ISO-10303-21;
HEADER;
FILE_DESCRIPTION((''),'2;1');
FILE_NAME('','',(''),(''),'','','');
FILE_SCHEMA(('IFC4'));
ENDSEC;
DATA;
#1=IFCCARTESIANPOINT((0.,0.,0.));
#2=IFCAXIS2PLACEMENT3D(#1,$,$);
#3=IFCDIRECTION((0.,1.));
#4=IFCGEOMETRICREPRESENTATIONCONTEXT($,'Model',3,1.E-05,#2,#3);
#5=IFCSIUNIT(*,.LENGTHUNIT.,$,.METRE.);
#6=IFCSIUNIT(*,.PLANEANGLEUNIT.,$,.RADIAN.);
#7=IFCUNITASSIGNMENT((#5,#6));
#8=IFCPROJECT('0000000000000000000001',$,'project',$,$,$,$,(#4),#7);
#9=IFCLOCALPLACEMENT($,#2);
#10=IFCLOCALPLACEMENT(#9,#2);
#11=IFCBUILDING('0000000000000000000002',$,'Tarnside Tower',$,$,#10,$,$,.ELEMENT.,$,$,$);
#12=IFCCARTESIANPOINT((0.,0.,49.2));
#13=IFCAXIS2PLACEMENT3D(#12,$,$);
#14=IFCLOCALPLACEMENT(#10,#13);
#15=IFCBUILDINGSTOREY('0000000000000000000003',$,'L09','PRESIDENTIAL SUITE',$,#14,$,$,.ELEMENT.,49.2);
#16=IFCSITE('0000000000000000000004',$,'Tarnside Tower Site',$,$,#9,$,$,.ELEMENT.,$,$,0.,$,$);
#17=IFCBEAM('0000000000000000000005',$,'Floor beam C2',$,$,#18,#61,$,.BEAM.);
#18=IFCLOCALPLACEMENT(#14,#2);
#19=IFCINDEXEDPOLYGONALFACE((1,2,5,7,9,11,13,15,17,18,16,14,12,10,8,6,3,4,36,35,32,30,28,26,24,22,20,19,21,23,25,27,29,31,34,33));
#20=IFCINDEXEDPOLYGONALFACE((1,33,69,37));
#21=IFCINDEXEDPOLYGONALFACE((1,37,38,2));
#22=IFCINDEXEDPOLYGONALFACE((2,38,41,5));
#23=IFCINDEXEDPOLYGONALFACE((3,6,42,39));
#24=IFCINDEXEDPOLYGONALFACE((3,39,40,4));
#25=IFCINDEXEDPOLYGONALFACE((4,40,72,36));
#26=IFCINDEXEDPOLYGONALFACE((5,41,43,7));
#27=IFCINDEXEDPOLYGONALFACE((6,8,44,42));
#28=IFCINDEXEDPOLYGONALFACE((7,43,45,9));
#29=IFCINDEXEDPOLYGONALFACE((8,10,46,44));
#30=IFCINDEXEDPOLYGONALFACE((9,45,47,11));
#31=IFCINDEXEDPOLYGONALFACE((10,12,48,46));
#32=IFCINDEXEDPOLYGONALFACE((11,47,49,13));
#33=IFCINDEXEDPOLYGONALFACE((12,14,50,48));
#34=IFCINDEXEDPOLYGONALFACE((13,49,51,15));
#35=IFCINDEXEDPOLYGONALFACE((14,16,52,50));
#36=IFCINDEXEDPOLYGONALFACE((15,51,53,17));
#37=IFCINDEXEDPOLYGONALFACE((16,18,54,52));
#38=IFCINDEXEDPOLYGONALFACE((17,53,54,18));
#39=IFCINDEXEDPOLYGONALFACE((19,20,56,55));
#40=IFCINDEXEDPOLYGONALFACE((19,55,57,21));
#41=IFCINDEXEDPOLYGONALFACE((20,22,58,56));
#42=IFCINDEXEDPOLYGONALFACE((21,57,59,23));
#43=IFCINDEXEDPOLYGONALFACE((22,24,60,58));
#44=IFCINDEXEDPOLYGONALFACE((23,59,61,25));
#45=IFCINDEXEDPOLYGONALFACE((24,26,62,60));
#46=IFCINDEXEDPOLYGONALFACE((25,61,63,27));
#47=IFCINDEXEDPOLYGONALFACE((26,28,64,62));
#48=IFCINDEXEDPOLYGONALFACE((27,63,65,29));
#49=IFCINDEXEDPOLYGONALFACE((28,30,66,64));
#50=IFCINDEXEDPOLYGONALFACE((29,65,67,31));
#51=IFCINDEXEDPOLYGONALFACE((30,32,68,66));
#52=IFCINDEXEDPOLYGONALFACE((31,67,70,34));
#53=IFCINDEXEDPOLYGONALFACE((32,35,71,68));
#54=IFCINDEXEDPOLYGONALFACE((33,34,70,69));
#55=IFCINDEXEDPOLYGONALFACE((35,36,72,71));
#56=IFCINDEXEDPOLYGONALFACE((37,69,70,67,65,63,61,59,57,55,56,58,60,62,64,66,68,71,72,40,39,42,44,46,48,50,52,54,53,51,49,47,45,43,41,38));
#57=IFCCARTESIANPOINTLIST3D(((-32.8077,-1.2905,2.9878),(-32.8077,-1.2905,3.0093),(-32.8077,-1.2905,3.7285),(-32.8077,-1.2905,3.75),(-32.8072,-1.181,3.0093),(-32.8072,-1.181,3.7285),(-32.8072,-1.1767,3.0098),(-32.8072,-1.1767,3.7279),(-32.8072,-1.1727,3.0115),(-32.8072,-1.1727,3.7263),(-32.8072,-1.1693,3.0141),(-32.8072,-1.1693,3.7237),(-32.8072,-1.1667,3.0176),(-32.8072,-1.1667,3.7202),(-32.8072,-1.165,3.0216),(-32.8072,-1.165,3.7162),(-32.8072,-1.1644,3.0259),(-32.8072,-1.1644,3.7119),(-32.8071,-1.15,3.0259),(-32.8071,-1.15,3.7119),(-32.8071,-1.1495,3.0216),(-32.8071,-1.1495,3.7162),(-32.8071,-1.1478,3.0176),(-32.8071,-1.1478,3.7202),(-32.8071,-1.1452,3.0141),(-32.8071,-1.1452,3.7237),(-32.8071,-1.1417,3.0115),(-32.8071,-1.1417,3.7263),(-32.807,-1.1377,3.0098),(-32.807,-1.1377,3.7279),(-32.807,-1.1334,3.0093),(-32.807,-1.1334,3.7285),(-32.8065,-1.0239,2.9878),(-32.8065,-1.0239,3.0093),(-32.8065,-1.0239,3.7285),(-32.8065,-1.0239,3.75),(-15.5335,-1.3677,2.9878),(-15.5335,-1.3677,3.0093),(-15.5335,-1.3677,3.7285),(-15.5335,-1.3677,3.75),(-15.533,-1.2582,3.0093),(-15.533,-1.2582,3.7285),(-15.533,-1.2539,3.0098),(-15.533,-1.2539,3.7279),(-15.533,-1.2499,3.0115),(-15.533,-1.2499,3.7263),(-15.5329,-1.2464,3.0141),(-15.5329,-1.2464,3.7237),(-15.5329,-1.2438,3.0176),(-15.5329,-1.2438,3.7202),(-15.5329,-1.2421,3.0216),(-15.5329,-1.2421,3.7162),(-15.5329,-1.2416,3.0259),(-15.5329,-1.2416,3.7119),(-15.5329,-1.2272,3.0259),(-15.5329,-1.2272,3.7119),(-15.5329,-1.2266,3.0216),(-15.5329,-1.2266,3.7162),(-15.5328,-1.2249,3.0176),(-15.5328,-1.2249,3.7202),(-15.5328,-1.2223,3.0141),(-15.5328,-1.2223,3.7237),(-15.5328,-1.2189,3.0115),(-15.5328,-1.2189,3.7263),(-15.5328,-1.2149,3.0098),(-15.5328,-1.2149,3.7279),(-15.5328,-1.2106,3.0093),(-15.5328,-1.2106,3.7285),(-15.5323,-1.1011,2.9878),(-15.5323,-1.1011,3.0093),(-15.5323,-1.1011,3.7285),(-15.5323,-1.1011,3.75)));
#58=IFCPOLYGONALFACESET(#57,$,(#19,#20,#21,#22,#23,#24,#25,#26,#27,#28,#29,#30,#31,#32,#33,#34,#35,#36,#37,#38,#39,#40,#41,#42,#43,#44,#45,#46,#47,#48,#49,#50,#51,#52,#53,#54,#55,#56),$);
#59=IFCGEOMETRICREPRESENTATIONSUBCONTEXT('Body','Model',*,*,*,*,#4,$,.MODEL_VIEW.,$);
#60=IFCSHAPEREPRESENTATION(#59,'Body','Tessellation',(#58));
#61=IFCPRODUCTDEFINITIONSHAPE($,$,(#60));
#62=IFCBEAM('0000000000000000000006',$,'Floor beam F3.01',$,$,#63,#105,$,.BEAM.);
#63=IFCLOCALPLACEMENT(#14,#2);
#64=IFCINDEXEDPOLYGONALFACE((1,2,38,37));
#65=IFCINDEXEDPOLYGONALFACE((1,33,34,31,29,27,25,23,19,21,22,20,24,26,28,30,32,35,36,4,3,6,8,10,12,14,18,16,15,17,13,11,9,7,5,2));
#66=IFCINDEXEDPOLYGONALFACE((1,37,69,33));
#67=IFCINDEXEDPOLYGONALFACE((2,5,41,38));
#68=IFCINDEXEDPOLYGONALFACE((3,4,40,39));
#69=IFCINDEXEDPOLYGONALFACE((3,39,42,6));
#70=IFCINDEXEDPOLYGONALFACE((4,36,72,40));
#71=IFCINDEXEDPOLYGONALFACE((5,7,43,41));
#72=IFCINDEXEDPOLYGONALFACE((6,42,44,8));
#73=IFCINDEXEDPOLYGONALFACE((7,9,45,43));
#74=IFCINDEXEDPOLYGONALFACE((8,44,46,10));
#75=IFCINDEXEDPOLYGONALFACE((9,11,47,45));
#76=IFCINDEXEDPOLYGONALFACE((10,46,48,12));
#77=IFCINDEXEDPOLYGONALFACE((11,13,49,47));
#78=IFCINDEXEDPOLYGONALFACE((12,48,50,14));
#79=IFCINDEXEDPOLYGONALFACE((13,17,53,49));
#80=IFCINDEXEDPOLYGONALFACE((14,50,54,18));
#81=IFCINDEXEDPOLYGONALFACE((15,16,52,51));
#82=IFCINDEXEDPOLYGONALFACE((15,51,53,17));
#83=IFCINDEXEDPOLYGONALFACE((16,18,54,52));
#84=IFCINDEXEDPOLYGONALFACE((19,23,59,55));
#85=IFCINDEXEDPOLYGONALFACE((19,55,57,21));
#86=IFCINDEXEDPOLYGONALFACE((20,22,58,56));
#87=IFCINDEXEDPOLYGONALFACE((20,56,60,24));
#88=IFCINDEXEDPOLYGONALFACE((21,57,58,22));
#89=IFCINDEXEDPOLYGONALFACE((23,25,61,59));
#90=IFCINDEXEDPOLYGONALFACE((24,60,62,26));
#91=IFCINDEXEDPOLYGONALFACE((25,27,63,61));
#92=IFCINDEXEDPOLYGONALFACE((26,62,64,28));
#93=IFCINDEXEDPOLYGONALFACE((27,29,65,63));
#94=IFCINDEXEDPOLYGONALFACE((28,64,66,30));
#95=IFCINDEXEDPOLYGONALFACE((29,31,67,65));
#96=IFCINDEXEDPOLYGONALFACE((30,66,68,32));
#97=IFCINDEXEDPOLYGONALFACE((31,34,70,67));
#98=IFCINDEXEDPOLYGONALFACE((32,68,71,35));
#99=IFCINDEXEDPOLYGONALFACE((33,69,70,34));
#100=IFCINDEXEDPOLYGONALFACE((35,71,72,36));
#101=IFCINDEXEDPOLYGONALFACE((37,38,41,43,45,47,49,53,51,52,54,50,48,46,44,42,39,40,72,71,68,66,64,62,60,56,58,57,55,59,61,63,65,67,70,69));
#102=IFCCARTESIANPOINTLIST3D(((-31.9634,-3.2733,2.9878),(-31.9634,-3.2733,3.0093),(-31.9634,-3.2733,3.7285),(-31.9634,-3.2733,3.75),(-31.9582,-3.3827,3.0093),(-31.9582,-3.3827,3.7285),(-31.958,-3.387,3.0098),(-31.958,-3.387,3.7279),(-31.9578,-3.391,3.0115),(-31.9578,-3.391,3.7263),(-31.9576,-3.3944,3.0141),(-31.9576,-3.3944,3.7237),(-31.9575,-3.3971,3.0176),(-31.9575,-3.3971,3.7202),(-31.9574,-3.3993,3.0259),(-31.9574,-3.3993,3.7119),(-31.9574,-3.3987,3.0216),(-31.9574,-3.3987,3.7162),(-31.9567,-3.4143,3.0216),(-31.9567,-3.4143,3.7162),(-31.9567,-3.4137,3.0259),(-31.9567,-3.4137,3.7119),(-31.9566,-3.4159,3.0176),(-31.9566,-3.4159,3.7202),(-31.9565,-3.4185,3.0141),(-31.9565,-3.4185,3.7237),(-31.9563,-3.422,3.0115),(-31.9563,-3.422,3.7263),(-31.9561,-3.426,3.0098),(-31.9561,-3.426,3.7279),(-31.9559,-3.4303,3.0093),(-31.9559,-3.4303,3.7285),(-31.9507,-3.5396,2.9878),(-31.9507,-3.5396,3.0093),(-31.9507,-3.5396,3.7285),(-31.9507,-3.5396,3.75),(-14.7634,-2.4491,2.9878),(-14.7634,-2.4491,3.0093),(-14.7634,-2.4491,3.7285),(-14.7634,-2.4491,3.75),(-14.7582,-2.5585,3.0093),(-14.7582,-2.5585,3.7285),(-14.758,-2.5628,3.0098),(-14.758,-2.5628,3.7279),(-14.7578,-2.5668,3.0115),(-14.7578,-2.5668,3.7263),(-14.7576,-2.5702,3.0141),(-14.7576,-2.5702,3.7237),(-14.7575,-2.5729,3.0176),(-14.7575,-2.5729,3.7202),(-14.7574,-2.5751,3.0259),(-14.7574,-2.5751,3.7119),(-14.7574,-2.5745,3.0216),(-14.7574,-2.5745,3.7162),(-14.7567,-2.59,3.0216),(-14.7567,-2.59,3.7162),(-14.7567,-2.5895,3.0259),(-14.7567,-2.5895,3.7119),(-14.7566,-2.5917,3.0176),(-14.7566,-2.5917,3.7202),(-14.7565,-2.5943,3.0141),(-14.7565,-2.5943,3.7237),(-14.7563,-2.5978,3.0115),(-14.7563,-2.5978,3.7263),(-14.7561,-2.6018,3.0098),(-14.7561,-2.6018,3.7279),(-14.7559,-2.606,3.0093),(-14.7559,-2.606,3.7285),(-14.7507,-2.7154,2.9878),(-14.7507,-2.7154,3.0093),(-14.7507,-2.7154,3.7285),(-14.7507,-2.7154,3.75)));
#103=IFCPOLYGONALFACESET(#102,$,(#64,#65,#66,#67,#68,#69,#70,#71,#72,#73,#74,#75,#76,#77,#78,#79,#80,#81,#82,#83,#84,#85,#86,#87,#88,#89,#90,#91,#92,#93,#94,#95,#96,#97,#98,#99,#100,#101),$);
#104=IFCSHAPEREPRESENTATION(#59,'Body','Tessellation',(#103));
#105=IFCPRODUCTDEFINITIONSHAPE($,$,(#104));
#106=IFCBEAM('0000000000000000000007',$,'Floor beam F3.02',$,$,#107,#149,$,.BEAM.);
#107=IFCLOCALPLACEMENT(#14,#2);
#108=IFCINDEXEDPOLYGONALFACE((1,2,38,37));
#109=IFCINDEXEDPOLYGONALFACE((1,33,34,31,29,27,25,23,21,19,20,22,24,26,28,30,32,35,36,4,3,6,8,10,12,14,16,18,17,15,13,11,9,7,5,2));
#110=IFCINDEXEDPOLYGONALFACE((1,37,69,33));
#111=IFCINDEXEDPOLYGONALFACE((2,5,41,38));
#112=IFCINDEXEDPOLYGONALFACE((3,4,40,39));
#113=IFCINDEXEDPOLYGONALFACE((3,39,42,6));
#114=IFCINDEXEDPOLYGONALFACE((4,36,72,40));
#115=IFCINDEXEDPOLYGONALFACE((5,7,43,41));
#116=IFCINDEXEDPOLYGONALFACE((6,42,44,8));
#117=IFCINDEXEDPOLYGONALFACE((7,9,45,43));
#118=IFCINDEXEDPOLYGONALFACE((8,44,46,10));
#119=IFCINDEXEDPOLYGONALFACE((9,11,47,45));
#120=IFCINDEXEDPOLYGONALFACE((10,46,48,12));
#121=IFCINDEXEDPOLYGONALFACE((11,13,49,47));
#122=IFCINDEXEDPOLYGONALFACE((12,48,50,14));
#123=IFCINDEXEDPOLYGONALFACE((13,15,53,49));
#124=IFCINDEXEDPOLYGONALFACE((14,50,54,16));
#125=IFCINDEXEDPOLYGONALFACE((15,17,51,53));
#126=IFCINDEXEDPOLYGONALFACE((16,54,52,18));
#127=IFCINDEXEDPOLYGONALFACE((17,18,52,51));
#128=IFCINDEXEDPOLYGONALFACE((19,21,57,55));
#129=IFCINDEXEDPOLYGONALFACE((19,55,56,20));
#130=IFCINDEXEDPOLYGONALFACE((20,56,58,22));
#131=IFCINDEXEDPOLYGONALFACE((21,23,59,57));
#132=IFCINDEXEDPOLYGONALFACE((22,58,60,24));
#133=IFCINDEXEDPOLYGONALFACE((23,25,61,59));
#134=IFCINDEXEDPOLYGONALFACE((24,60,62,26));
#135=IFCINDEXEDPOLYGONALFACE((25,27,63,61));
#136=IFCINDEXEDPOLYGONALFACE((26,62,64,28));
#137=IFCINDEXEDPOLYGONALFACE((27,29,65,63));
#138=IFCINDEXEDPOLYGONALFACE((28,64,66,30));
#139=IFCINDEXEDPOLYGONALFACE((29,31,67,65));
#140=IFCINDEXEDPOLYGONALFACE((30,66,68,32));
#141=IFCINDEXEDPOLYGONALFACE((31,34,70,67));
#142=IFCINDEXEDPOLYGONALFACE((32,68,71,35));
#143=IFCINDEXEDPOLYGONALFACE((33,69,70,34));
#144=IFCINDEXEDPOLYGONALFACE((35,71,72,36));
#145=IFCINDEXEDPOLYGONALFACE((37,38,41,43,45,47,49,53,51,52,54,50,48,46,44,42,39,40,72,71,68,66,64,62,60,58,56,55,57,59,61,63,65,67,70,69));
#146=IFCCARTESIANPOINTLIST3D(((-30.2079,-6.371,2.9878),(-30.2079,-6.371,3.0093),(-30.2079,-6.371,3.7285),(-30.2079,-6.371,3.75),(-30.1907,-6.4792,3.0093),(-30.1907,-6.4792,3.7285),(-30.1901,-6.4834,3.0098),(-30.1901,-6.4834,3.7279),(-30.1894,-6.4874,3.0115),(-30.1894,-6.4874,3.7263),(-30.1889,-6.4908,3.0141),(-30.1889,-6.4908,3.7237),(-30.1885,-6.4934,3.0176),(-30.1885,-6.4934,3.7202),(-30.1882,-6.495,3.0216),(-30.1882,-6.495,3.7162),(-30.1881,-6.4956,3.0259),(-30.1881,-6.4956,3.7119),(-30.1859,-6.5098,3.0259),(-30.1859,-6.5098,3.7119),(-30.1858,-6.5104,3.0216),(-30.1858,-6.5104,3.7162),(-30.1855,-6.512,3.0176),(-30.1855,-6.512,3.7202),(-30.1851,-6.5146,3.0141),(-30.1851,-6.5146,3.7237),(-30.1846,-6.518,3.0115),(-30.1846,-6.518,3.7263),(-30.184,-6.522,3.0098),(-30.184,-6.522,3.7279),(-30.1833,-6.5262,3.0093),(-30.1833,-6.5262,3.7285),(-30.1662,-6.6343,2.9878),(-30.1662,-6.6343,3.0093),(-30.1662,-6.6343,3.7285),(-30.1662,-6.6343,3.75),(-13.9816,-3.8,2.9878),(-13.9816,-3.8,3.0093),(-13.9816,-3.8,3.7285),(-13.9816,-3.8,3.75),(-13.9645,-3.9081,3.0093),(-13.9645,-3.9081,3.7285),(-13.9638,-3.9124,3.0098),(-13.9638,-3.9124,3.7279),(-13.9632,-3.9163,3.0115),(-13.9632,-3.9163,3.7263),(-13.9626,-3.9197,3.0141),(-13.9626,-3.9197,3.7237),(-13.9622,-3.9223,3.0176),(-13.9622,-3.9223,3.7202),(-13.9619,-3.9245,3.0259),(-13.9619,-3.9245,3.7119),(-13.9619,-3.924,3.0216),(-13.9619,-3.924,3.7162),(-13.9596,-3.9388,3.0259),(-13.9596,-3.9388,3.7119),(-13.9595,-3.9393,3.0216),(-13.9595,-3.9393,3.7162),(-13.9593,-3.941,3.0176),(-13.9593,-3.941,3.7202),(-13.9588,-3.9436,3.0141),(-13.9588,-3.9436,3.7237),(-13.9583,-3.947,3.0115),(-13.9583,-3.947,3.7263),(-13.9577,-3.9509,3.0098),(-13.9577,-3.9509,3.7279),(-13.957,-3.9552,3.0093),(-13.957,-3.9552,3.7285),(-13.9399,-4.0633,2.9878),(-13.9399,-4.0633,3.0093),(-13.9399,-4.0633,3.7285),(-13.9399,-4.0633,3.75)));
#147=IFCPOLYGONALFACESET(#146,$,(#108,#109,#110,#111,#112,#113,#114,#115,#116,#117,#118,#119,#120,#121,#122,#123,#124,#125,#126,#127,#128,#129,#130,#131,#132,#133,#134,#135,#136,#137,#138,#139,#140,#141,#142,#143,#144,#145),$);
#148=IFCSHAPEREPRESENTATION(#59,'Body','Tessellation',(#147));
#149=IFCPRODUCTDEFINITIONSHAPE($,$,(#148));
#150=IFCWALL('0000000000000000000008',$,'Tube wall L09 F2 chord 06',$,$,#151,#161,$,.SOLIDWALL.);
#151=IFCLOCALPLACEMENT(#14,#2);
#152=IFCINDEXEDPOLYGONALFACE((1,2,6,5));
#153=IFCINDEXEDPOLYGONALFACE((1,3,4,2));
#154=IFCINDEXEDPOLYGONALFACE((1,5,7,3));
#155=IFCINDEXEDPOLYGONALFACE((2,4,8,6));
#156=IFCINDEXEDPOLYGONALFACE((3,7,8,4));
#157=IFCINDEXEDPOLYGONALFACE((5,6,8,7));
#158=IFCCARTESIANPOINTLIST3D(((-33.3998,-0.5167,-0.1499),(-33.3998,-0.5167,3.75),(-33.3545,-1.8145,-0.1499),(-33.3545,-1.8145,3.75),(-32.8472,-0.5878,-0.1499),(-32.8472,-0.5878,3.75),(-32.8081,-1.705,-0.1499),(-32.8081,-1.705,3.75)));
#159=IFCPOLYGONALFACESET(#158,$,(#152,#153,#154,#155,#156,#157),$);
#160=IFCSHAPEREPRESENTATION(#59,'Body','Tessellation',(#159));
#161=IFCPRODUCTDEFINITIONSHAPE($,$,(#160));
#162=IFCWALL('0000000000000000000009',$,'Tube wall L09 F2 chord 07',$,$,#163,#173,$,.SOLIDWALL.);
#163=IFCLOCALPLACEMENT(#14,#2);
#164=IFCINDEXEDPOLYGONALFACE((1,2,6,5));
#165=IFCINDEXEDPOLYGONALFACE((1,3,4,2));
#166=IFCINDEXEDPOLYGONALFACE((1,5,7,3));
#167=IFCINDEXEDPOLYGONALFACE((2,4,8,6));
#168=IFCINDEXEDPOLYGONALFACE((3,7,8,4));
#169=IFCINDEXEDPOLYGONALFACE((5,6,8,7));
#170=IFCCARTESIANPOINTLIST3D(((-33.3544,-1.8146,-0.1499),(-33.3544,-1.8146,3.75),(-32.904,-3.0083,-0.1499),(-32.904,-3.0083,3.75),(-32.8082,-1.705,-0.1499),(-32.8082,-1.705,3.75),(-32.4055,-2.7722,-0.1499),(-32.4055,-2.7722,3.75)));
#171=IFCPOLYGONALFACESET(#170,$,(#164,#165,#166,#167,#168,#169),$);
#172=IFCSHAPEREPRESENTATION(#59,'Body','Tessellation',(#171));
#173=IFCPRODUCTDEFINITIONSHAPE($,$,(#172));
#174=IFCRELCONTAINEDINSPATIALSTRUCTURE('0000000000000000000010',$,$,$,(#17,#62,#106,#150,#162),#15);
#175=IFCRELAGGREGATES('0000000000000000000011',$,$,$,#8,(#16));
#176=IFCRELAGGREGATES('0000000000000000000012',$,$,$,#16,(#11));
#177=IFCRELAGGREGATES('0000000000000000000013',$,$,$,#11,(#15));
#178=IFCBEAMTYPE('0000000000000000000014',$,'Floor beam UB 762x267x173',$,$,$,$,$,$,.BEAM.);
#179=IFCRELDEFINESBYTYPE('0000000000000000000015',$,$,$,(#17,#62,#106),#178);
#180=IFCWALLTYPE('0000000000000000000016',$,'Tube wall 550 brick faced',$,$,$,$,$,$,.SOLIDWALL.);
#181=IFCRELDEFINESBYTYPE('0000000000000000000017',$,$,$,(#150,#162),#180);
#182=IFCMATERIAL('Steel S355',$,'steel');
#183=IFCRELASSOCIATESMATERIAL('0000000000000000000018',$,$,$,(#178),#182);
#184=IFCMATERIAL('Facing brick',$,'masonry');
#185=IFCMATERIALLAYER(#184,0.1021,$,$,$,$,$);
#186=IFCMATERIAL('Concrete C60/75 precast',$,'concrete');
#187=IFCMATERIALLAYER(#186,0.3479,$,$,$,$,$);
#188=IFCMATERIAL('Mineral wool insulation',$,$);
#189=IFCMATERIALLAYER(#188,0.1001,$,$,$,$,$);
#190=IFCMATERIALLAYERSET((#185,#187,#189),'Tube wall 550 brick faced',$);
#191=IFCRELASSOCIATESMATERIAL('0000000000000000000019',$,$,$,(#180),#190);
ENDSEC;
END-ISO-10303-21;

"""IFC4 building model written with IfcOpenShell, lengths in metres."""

from ifc_helpers import new_model, si_unit, direction, frame, origin, origin_2d, place, context, subcontext, project, spatial, polyline, i_section, outline, extrude, material, layer, layer_set, material_profile, profile_set, type_object, element, save


model = new_model("IFC4")

# Units and contexts
model_context = context("Model", 3, precision=1e-05, world=origin(), true_north=direction((0.0, 1.0)))
body_context = subcontext(model_context, "Body", "Model", "MODEL_VIEW")
ifc_project = project(units=[si_unit("LENGTHUNIT", "METRE"), si_unit("PLANEANGLEUNIT", "RADIAN")], contexts=[model_context])

# Site, building, storey
site_placement = place(None, origin())
site = spatial("IfcSite", under=ifc_project, at=site_placement, Name="Tarnside Tower Site", CompositionType="ELEMENT", RefElevation=0.0)
building_placement = place(site_placement, origin())
building = spatial("IfcBuilding", under=site, at=building_placement, Name="Tarnside Tower", CompositionType="ELEMENT")
storey_placement = place(building_placement, frame((0.0, 0.0, 49.2)))
storey = spatial("IfcBuildingStorey", under=building, at=storey_placement, Name="L09", Description="PRESIDENTIAL SUITE", CompositionType="ELEMENT", Elevation=49.2)

# Beams
ifc_material_1 = material(Name="Steel S355", Category="steel")
ifc_material_profile = material_profile(ifc_material_1, i_section(OverallWidth=0.2666, OverallDepth=0.7622, WebThickness=0.0144, FlangeThickness=0.0215, FilletRadius=0.0166, at=origin_2d()), Name="UB 762x267x173")
ifc_profile_set = profile_set([ifc_material_profile], Name="Steel S355")
beam_type = type_object("IfcBeamType", Name="Floor beam UB 762x267x173", PredefinedType="BEAM", material=ifc_profile_set)
beam_1_placement = place(storey_placement, frame((-32.8071, -1.1572, 3.3689), z_axis=(0.99999, -0.004466, 0.0), x_axis=(0.004466, 0.99999, 0.0)))
element("IfcBeam", 1, at=beam_1_placement, inside=storey, type_object=beam_type, Name="Floor beam C2", PredefinedType="BEAM", context=body_context, shape_type="SweptSolid", body=[
    extrude(i_section(OverallWidth=0.2666, OverallDepth=0.7622, WebThickness=0.0144, FlangeThickness=0.0215, FilletRadius=0.0166, at=origin_2d()), origin(), (0.0, 0.0, 1.0), 17.2744),
])
beam_2_placement = place(storey_placement, frame((-31.957, -3.4065, 3.3689), z_axis=(0.998854, 0.047865, 0.0), x_axis=(-0.047865, 0.998854, 0.0)))
element("IfcBeam", 2, at=beam_2_placement, inside=storey, type_object=beam_type, Name="Floor beam F3.01", PredefinedType="BEAM", context=body_context, shape_type="SweptSolid", body=[
    extrude(i_section(OverallWidth=0.2666, OverallDepth=0.7622, WebThickness=0.0144, FlangeThickness=0.0215, FilletRadius=0.0166, at=origin_2d()), origin(), (0.0, 0.0, 1.0), 17.2197),
])
beam_3_placement = place(storey_placement, frame((-30.187, -6.5027, 3.3689), z_axis=(0.987678, 0.156497, 0.0), x_axis=(-0.156497, 0.987678, 0.0)))
element("IfcBeam", 3, at=beam_3_placement, inside=storey, type_object=beam_type, Name="Floor beam F3.02", PredefinedType="BEAM", context=body_context, shape_type="SweptSolid", body=[
    extrude(i_section(OverallWidth=0.2666, OverallDepth=0.7622, WebThickness=0.0144, FlangeThickness=0.0215, FilletRadius=0.0166, at=origin_2d()), origin(), (0.0, 0.0, 1.0), 16.4287),
])

# Walls
ifc_material_2 = material(Name="Facing brick", Category="masonry")
ifc_layer_1 = layer(ifc_material_2, 0.1021)
ifc_material_3 = material(Name="Concrete C60/75 precast", Category="concrete")
ifc_layer_2 = layer(ifc_material_3, 0.3479)
ifc_material_4 = material(Name="Mineral wool insulation")
ifc_layer_3 = layer(ifc_material_4, 0.1001)
ifc_layer_set_1 = layer_set([ifc_layer_1, ifc_layer_2, ifc_layer_3], Name="Tube wall 550 brick faced")
wall_type = type_object("IfcWallType", Name="Tube wall 550 brick faced", PredefinedType="SOLIDWALL", material=ifc_layer_set_1)
wall_1_placement = place(storey_placement, frame((-33.1235, -0.5522, -0.1499), z_axis=(0.0, 0.0, 1.0), x_axis=(0.034956, -0.999389, 0.0)))
element("IfcWall", 4, at=wall_1_placement, inside=storey, type_object=wall_type, Name="Tube wall L09 F2 chord 06", PredefinedType="SOLIDWALL", context=body_context, shape_type="SweptSolid", body=[
    extrude(outline(polyline([(-0.0452, -0.2749), (1.2534, -0.2749), (1.1631, 0.2749), (0.0452, 0.2749), (-0.0452, -0.2749)])), origin(), (0.0, 0.0, 1.0), 3.8999),
])
wall_2_placement = place(storey_placement, frame((-33.0813, -1.7598, -0.1499), z_axis=(0.0, 0.0, 1.0), x_axis=(0.353027, -0.935613, 0.0)))
element("IfcWall", 5, at=wall_2_placement, inside=storey, type_object=wall_type, Name="Tube wall L09 F2 chord 07", PredefinedType="SOLIDWALL", context=body_context, shape_type="SweptSolid", body=[
    extrude(outline(polyline([(-0.0452, -0.2749), (1.2307, -0.2749), (1.1858, 0.2749), (0.0452, 0.2749), (-0.0452, -0.2749)])), origin(), (0.0, 0.0, 1.0), 3.8999),
])

save(model, "model.ifc")
